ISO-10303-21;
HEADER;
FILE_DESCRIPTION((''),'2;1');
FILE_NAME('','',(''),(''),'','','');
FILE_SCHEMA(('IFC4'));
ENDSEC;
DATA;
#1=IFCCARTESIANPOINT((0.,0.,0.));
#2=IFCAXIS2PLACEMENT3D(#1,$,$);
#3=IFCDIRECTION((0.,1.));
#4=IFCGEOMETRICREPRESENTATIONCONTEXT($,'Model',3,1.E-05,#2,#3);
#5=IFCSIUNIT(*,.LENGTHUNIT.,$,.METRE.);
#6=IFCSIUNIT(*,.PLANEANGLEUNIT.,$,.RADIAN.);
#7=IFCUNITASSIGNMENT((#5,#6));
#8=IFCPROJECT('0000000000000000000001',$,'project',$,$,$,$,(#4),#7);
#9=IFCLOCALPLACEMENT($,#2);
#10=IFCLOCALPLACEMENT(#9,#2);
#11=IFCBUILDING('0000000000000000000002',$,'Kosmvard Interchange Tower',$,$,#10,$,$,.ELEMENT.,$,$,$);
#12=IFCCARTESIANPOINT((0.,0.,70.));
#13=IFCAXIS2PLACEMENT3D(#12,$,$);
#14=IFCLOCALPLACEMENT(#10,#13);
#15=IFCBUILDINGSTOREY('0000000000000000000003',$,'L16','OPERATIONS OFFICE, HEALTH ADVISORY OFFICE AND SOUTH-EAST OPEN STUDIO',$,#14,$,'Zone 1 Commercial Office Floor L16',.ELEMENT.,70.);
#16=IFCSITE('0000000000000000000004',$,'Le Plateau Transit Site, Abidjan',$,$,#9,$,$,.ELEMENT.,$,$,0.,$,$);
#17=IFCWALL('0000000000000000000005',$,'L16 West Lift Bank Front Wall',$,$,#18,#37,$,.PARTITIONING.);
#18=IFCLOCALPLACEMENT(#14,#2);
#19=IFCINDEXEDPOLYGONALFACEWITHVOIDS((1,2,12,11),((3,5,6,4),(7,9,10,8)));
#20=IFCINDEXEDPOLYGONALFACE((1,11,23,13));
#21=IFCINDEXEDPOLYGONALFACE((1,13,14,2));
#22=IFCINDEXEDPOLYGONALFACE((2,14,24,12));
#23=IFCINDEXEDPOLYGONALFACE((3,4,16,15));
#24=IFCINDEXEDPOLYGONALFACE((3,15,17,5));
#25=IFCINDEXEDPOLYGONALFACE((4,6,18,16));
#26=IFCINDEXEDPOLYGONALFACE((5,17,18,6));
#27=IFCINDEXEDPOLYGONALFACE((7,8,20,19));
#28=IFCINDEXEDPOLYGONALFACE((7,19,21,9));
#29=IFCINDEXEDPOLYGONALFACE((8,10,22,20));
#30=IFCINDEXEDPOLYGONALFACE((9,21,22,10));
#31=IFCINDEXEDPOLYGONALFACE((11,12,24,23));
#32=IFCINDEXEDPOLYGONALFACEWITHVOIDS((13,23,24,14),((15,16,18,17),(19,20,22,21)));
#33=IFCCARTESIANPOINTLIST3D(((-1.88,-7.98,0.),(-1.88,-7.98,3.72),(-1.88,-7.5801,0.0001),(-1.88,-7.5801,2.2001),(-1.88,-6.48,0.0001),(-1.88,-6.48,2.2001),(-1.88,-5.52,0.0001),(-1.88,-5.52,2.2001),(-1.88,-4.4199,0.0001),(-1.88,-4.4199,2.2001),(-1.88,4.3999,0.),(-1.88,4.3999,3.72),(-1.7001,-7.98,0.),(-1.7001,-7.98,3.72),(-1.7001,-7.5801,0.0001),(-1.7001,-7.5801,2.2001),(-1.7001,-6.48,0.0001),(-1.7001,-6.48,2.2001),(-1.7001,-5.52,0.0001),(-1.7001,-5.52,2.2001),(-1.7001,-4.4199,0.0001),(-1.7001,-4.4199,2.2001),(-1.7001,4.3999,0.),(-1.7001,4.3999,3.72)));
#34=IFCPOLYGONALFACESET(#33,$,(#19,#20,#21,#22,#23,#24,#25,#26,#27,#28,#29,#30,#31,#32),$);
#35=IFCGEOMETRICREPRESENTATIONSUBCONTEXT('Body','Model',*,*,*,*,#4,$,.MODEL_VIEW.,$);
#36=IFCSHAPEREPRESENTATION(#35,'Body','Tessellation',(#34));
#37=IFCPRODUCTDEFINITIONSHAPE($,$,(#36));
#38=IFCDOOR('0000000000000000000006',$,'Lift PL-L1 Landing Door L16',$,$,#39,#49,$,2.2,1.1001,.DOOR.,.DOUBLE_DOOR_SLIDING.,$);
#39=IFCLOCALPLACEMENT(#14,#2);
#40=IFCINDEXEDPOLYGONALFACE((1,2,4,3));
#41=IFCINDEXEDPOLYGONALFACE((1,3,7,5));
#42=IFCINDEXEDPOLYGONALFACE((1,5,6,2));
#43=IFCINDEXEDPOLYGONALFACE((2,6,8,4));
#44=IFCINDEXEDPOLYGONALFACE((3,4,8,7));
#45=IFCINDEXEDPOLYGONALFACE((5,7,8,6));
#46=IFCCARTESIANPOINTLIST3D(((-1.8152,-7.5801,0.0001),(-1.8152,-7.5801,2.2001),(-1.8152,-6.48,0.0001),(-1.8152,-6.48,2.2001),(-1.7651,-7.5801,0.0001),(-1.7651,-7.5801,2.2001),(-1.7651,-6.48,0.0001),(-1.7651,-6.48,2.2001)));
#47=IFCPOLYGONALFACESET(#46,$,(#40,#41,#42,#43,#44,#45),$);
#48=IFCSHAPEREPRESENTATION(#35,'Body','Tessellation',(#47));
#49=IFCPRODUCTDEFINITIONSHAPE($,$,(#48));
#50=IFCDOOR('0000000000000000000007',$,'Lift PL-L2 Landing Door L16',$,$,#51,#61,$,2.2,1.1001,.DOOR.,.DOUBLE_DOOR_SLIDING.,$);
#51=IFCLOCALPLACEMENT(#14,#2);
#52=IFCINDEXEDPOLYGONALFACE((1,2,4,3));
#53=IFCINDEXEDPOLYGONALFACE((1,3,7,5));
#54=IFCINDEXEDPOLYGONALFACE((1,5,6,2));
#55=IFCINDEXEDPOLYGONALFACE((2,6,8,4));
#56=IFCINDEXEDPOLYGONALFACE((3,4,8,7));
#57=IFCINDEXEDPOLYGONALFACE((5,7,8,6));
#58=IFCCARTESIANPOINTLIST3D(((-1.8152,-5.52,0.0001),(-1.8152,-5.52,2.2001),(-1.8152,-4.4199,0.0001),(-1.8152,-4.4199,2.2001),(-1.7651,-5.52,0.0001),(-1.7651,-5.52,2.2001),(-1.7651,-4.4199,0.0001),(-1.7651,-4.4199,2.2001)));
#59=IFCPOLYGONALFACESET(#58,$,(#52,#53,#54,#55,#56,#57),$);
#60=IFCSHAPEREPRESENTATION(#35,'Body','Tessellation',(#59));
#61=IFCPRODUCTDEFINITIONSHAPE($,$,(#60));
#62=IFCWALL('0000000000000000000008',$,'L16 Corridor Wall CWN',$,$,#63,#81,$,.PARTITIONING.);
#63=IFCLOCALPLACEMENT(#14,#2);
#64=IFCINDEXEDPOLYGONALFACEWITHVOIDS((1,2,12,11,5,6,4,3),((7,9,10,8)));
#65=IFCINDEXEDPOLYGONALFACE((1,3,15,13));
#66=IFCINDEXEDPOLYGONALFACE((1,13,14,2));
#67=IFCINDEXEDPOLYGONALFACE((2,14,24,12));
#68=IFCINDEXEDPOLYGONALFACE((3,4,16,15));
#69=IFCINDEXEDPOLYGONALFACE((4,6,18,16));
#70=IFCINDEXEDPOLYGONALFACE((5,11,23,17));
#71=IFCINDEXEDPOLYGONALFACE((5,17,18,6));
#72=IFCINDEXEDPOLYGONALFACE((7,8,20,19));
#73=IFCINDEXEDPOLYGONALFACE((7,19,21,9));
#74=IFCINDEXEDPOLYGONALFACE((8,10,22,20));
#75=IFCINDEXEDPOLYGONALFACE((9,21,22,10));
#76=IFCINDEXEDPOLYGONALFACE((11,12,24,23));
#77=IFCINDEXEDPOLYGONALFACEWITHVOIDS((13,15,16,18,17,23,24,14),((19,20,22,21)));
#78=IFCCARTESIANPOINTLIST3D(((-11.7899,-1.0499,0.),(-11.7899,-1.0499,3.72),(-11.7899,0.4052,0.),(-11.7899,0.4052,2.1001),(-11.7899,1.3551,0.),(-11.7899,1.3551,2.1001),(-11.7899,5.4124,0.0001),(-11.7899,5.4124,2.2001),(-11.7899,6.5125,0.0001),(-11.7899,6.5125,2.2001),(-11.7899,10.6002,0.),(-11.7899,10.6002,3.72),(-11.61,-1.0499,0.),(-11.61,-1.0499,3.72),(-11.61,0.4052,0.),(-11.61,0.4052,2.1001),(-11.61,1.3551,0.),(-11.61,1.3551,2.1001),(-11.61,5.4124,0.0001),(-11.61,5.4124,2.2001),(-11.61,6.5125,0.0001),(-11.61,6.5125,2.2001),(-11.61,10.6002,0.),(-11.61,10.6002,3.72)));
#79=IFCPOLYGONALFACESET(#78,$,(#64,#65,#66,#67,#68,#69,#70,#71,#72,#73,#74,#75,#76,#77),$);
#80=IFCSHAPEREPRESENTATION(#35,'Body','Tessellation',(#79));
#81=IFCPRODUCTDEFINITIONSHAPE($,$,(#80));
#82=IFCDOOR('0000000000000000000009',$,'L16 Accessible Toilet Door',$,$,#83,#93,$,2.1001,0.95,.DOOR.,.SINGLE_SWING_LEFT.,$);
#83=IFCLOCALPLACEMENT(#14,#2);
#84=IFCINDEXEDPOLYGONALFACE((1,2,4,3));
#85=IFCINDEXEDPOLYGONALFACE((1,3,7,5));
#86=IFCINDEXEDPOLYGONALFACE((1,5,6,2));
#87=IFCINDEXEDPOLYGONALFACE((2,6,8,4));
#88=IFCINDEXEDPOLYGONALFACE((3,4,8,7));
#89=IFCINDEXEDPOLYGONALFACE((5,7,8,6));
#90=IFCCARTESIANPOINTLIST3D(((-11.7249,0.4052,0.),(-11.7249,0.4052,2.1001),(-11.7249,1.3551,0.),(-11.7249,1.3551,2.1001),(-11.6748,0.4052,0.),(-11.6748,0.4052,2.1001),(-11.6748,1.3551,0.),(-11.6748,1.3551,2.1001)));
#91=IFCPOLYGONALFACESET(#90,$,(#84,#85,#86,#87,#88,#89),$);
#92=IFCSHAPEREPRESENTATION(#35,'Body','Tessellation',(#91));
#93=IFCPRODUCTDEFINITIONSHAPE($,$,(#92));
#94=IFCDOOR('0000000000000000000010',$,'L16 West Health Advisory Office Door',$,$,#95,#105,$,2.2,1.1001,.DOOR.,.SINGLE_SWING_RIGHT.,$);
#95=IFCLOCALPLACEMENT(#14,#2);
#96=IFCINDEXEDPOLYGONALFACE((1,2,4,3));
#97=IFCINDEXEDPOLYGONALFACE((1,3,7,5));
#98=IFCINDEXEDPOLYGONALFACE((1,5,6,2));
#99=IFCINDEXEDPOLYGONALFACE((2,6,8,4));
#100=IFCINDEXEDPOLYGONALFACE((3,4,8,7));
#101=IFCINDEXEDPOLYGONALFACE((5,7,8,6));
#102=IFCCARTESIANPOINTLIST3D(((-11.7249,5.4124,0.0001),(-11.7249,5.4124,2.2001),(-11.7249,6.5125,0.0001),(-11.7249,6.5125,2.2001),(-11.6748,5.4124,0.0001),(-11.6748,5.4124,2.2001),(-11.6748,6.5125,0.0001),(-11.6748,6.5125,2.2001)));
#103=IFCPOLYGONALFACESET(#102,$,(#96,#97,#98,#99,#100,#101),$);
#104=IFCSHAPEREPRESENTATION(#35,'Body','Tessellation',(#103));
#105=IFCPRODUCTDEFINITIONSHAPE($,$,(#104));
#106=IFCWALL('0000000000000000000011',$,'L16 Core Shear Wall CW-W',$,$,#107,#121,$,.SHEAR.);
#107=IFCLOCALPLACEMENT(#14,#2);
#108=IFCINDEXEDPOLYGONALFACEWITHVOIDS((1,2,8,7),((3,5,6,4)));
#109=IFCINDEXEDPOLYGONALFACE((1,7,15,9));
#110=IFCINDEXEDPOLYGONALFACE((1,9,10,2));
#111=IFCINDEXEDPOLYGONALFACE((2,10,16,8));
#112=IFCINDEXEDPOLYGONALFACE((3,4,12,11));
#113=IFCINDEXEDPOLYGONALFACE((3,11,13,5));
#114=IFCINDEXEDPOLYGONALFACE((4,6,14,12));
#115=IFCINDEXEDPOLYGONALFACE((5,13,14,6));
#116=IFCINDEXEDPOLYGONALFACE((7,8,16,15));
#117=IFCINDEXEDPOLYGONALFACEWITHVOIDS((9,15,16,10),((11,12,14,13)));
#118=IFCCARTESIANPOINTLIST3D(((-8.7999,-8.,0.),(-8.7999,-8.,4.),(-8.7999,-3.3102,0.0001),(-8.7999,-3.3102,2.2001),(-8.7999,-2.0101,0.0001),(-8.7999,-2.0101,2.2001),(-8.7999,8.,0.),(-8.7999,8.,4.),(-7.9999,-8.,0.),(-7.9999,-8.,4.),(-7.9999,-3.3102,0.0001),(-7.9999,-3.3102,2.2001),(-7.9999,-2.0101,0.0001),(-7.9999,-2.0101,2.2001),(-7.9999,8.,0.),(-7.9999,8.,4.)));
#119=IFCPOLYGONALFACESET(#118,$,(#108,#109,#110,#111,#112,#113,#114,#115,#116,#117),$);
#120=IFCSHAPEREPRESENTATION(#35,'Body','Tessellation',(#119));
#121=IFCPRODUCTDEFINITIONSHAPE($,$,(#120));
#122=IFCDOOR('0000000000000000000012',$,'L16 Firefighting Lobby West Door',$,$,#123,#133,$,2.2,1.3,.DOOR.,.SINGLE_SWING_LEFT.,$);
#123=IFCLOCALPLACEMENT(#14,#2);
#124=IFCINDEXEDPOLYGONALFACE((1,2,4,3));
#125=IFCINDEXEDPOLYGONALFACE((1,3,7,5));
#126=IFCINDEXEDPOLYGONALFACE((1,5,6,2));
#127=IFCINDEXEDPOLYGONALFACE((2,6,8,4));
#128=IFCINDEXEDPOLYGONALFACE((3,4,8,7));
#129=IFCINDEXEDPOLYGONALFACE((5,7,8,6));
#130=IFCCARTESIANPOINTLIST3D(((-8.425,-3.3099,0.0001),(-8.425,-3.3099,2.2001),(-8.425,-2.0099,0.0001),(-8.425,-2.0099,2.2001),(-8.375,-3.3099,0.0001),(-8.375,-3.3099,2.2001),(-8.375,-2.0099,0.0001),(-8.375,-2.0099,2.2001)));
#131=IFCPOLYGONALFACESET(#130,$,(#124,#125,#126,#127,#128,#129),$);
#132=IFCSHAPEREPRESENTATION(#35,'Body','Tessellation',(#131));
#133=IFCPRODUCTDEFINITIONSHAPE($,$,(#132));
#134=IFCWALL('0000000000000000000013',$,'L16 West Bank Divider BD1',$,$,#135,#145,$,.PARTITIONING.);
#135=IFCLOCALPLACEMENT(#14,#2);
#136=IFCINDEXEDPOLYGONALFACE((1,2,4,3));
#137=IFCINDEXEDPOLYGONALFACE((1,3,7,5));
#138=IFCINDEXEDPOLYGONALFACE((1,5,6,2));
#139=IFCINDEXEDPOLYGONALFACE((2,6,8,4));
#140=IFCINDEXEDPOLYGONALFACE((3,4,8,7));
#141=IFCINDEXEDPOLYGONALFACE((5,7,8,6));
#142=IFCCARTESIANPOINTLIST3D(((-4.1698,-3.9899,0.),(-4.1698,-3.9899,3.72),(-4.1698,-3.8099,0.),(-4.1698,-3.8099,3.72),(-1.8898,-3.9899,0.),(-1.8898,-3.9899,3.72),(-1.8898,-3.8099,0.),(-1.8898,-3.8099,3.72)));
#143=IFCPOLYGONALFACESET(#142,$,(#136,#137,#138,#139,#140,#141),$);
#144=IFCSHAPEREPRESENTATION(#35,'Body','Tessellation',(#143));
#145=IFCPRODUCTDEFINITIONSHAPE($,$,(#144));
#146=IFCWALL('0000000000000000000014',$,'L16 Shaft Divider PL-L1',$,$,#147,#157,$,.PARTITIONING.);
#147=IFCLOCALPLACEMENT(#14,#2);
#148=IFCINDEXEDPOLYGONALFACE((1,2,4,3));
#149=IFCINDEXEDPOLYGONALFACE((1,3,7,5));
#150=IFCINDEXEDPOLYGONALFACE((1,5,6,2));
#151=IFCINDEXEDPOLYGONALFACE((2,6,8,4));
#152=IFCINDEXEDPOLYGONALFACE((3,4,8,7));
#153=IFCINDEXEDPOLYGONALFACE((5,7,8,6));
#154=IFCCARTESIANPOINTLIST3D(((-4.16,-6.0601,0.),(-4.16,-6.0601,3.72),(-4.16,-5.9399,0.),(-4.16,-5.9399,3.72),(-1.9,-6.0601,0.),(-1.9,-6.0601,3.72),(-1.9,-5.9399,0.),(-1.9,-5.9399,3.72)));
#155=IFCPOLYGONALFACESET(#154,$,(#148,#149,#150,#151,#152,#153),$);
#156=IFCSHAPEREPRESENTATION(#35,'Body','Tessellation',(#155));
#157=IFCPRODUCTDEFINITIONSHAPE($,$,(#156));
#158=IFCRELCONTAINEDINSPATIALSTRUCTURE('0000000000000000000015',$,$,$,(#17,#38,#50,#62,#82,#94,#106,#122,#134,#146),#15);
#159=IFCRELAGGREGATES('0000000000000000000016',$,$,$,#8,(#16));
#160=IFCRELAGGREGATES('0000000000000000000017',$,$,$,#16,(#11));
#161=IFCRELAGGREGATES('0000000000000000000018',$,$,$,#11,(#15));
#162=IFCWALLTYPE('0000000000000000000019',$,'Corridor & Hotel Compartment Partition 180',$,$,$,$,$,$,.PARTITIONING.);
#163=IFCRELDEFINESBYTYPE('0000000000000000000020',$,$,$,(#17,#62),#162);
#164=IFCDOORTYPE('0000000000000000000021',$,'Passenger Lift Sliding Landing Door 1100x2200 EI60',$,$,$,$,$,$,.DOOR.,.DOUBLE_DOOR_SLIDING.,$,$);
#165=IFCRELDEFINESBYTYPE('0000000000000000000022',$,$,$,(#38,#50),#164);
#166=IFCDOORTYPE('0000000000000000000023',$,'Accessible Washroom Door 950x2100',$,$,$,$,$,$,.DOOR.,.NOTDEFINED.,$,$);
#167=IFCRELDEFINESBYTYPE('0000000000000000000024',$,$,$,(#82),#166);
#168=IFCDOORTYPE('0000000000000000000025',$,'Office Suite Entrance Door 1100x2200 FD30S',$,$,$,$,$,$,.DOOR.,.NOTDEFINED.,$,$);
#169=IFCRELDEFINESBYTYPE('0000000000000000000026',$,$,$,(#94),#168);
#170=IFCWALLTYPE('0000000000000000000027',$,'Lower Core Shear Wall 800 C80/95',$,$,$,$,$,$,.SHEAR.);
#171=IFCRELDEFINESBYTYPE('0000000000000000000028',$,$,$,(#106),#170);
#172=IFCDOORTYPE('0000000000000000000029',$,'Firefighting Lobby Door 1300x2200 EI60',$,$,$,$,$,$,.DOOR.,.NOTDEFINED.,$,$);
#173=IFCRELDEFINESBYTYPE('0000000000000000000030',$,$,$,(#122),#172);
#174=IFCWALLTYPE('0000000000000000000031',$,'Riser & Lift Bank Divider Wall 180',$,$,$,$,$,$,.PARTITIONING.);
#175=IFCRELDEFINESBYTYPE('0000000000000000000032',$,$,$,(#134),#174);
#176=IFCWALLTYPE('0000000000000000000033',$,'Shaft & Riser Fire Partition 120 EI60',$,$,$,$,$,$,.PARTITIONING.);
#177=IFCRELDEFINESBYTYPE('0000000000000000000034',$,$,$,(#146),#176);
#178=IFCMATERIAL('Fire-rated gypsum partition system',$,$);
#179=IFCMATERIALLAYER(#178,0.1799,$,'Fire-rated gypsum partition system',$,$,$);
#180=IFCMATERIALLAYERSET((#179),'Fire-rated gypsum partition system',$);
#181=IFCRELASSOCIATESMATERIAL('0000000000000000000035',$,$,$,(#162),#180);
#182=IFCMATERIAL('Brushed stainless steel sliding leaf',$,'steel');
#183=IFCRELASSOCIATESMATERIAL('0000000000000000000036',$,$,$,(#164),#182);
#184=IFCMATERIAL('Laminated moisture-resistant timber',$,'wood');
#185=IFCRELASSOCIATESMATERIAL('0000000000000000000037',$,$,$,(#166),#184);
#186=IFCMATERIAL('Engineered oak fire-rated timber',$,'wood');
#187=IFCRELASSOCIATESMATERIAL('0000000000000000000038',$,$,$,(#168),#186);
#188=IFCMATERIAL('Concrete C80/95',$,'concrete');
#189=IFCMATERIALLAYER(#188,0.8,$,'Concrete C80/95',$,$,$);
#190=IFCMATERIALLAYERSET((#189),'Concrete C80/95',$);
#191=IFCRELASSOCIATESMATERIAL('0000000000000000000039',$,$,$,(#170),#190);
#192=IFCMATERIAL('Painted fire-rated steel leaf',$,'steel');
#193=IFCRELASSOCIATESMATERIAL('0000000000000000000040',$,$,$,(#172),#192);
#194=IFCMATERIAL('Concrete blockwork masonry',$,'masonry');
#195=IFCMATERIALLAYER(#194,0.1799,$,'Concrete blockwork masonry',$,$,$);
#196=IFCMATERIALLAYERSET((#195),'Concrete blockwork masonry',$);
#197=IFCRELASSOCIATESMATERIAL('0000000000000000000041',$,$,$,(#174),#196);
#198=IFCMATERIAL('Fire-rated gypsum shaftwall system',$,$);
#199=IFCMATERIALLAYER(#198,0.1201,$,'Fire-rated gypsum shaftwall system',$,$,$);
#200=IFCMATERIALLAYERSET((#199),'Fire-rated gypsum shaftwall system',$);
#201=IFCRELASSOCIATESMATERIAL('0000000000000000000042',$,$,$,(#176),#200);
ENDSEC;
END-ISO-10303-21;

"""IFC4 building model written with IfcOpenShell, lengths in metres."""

from ifc_helpers import new_model, si_unit, direction, frame, frame_2d, origin, place, context, subcontext, project, spatial, rectangle, extrude, source, transform, mapped, material, layer, layer_set, type_object, element, fill, save


model = new_model("IFC4")

# Units and contexts
model_context = context("Model", 3, precision=1e-05, world=origin(), true_north=direction((0.0, 1.0)))
body_context = subcontext(model_context, "Body", "Model", "MODEL_VIEW")
ifc_project = project(units=[si_unit("LENGTHUNIT", "METRE"), si_unit("PLANEANGLEUNIT", "RADIAN")], contexts=[model_context])

# Site, building, storey
site_placement = place(None, origin())
site = spatial("IfcSite", under=ifc_project, at=site_placement, Name="Le Plateau Transit Site, Abidjan", CompositionType="ELEMENT", RefElevation=0.0)
building_placement = place(site_placement, origin())
building = spatial("IfcBuilding", under=site, at=building_placement, Name="Kosmvard Interchange Tower", CompositionType="ELEMENT")
storey_placement = place(building_placement, frame((0.0, 0.0, 70.0)))
storey = spatial("IfcBuildingStorey", under=building, at=storey_placement, Name="L16", Description="OPERATIONS OFFICE, HEALTH ADVISORY OFFICE AND SOUTH-EAST OPEN STUDIO", LongName="Zone 1 Commercial Office Floor L16", CompositionType="ELEMENT", Elevation=70.0)

# Shared definitions
ifc_material_1 = material(Name="Concrete C80/95", Category="concrete")

# Walls, openings, doors
ifc_material_2 = material(Name="Fire-rated gypsum partition system")
ifc_layer_1 = layer(ifc_material_2, 0.1799, Name="Fire-rated gypsum partition system")
ifc_layer_set_1 = layer_set([ifc_layer_1], Name="Fire-rated gypsum partition system")
wall_type_1 = type_object("IfcWallType", Name="Corridor & Hotel Compartment Partition 180", PredefinedType="PARTITIONING", material=ifc_layer_set_1)
wall_1_placement = place(storey_placement, frame((-1.79, -7.98, 0.0), z_axis=(0.0, 0.0, 1.0), x_axis=(0.0, 1.0, 0.0)))
wall_1 = element("IfcWall", 1, at=wall_1_placement, inside=storey, type_object=wall_type_1, Name="L16 West Lift Bank Front Wall", PredefinedType="PARTITIONING", context=body_context, shape_type="SweptSolid", body=[
    extrude(rectangle(XDim=12.3799, YDim=0.1799, at=frame_2d((6.1899, 0.0))), origin(), (0.0, 0.0, 1.0), 3.72),
])
opening_1_placement = place(wall_1_placement, frame((0.3999, 0.0, 0.0)))
opening_1 = element("IfcOpeningElement", 2, at=opening_1_placement, cuts=wall_1, PredefinedType="OPENING", context=body_context, shape_type="SweptSolid", body=[
    extrude(rectangle(XDim=1.1001, YDim=2.2, at=frame_2d((0.55, 1.1001))), frame((0.0, 0.1001, 0.0), z_axis=(0.0, -1.0, 0.0), x_axis=(1.0, 0.0, 0.0)), (0.0, 0.0, 1.0), 0.2),
])
opening_2_placement = place(wall_1_placement, frame((2.46, 0.0, 0.0)))
opening_2 = element("IfcOpeningElement", 3, at=opening_2_placement, cuts=wall_1, PredefinedType="OPENING", context=body_context, shape_type="SweptSolid", body=[
    extrude(rectangle(XDim=1.1001, YDim=2.2, at=frame_2d((0.55, 1.1001))), frame((0.0, 0.1001, 0.0), z_axis=(0.0, -1.0, 0.0), x_axis=(1.0, 0.0, 0.0)), (0.0, 0.0, 1.0), 0.2),
])
ifc_material_3 = material(Name="Brushed stainless steel sliding leaf", Category="steel")
door_type_1 = type_object("IfcDoorType", Name="Passenger Lift Sliding Landing Door 1100x2200 EI60", OperationType="DOUBLE_DOOR_SLIDING", PredefinedType="DOOR", material=ifc_material_3)
shared_shape_1 = source(origin(), body_context, "Body", "SweptSolid", [
    extrude(rectangle(XDim=1.1001, YDim=2.2, at=frame_2d((0.55, 1.1001))), frame((0.0, 0.0249, 0.0), z_axis=(0.0, -1.0, 0.0), x_axis=(1.0, 0.0, 0.0)), (0.0, 0.0, 1.0), 0.05),
])
door_1_placement = place(opening_1_placement, frame((1.1001, 0.0, 0.0), z_axis=(0.0, 0.0, 1.0), x_axis=(-1.0, 0.0, 0.0)))
door_1 = element("IfcDoor", 4, at=door_1_placement, inside=storey, type_object=door_type_1, Name="Lift PL-L1 Landing Door L16", OperationType="DOUBLE_DOOR_SLIDING", OverallHeight=2.2, OverallWidth=1.1001, PredefinedType="DOOR", context=body_context, shape_type="MappedRepresentation", body=[
    mapped(shared_shape_1, transform((0.0, 0.0, 0.0), scale=1.0)),
])
fill(opening_1, door_1)
door_2_placement = place(opening_2_placement, frame((1.1001, 0.0, 0.0), z_axis=(0.0, 0.0, 1.0), x_axis=(-1.0, 0.0, 0.0)))
door_2 = element("IfcDoor", 5, at=door_2_placement, inside=storey, type_object=door_type_1, Name="Lift PL-L2 Landing Door L16", OperationType="DOUBLE_DOOR_SLIDING", OverallHeight=2.2, OverallWidth=1.1001, PredefinedType="DOOR", context=body_context, shape_type="MappedRepresentation", body=[
    mapped(shared_shape_1, transform((0.0, 0.0, 0.0), scale=1.0)),
])
fill(opening_2, door_2)
wall_2_placement = place(storey_placement, frame((-11.7, -1.05, 0.0), z_axis=(0.0, 0.0, 1.0), x_axis=(0.0, 1.0, 0.0)))
wall_2 = element("IfcWall", 6, at=wall_2_placement, inside=storey, type_object=wall_type_1, Name="L16 Corridor Wall CWN", PredefinedType="PARTITIONING", context=body_context, shape_type="SweptSolid", body=[
    extrude(rectangle(XDim=11.6501, YDim=0.1799, at=frame_2d((5.8252, 0.0))), origin(), (0.0, 0.0, 1.0), 3.72),
])
opening_3_placement = place(wall_2_placement, frame((1.4551, 0.0, 0.0)))
opening_3 = element("IfcOpeningElement", 7, at=opening_3_placement, cuts=wall_2, PredefinedType="OPENING", context=body_context, shape_type="SweptSolid", body=[
    extrude(rectangle(XDim=0.95, YDim=2.1001, at=frame_2d((0.4751, 1.05))), frame((0.0, 0.1001, 0.0), z_axis=(0.0, -1.0, 0.0), x_axis=(1.0, 0.0, 0.0)), (0.0, 0.0, 1.0), 0.2),
])
opening_4_placement = place(wall_2_placement, frame((6.4624, 0.0, 0.0)))
opening_4 = element("IfcOpeningElement", 8, at=opening_4_placement, cuts=wall_2, PredefinedType="OPENING", context=body_context, shape_type="SweptSolid", body=[
    extrude(rectangle(XDim=1.1001, YDim=2.2, at=frame_2d((0.55, 1.1001))), frame((0.0, 0.1001, 0.0), z_axis=(0.0, -1.0, 0.0), x_axis=(1.0, 0.0, 0.0)), (0.0, 0.0, 1.0), 0.2),
])
ifc_material_4 = material(Name="Laminated moisture-resistant timber", Category="wood")
door_type_2 = type_object("IfcDoorType", Name="Accessible Washroom Door 950x2100", OperationType="NOTDEFINED", PredefinedType="DOOR", material=ifc_material_4)
shared_shape_2 = source(origin(), body_context, "Body", "SweptSolid", [
    extrude(rectangle(XDim=0.95, YDim=2.1001, at=frame_2d((0.4751, 1.05))), frame((0.0, 0.0249, 0.0), z_axis=(0.0, -1.0, 0.0), x_axis=(1.0, 0.0, 0.0)), (0.0, 0.0, 1.0), 0.05),
])
door_3_placement = place(opening_3_placement, origin())
door_3 = element("IfcDoor", 9, at=door_3_placement, inside=storey, type_object=door_type_2, Name="L16 Accessible Toilet Door", OperationType="SINGLE_SWING_LEFT", OverallHeight=2.1001, OverallWidth=0.95, PredefinedType="DOOR", context=body_context, shape_type="MappedRepresentation", body=[
    mapped(shared_shape_2, transform((0.0, 0.0, 0.0), scale=1.0)),
])
fill(opening_3, door_3)
ifc_material_5 = material(Name="Engineered oak fire-rated timber", Category="wood")
door_type_3 = type_object("IfcDoorType", Name="Office Suite Entrance Door 1100x2200 FD30S", OperationType="NOTDEFINED", PredefinedType="DOOR", material=ifc_material_5)
door_4_placement = place(opening_4_placement, origin())
door_4 = element("IfcDoor", 10, at=door_4_placement, inside=storey, type_object=door_type_3, Name="L16 West Health Advisory Office Door", OperationType="SINGLE_SWING_RIGHT", OverallHeight=2.2, OverallWidth=1.1001, PredefinedType="DOOR", context=body_context, shape_type="MappedRepresentation", body=[
    mapped(shared_shape_1, transform((0.0, 0.0, 0.0), scale=1.0)),
])
fill(opening_4, door_4)

# Wall, opening, door
ifc_layer_2 = layer(ifc_material_1, 0.8, Name="Concrete C80/95")
ifc_layer_set_2 = layer_set([ifc_layer_2], Name="Concrete C80/95")
wall_type_2 = type_object("IfcWallType", Name="Lower Core Shear Wall 800 C80/95", PredefinedType="SHEAR", material=ifc_layer_set_2)
wall_3_placement = place(storey_placement, frame((-8.3999, -8.0, 0.0), z_axis=(0.0, 0.0, 1.0), x_axis=(0.0, 1.0, 0.0)))
wall_3 = element("IfcWall", 11, at=wall_3_placement, inside=storey, type_object=wall_type_2, Name="L16 Core Shear Wall CW-W", PredefinedType="SHEAR", context=body_context, shape_type="SweptSolid", body=[
    extrude(rectangle(XDim=16.0, YDim=0.8, at=frame_2d((8.0, 0.0))), origin(), (0.0, 0.0, 1.0), 4.0),
])
opening_5_placement = place(wall_3_placement, frame((4.6899, 0.0, 0.0)))
opening_5 = element("IfcOpeningElement", 12, at=opening_5_placement, cuts=wall_3, PredefinedType="OPENING", context=body_context, shape_type="SweptSolid", body=[
    extrude(rectangle(XDim=1.3, YDim=2.2, at=frame_2d((0.6499, 1.1001))), frame((0.0, 0.4102, 0.0), z_axis=(0.0, -1.0, 0.0), x_axis=(1.0, 0.0, 0.0)), (0.0, 0.0, 1.0), 0.8201),
])
ifc_material_6 = material(Name="Painted fire-rated steel leaf", Category="steel")
door_type_4 = type_object("IfcDoorType", Name="Firefighting Lobby Door 1300x2200 EI60", OperationType="NOTDEFINED", PredefinedType="DOOR", material=ifc_material_6)
shared_shape_3 = source(origin(), body_context, "Body", "SweptSolid", [
    extrude(rectangle(XDim=1.3, YDim=2.2, at=frame_2d((0.6499, 1.1001))), frame((0.0, 0.0249, 0.0), z_axis=(0.0, -1.0, 0.0), x_axis=(1.0, 0.0, 0.0)), (0.0, 0.0, 1.0), 0.05),
])
door_5_placement = place(opening_5_placement, frame((1.3, 0.0, 0.0), z_axis=(0.0, 0.0, 1.0), x_axis=(-1.0, 0.0, 0.0)))
door_5 = element("IfcDoor", 13, at=door_5_placement, inside=storey, type_object=door_type_4, Name="L16 Firefighting Lobby West Door", OperationType="SINGLE_SWING_LEFT", OverallHeight=2.2, OverallWidth=1.3, PredefinedType="DOOR", context=body_context, shape_type="MappedRepresentation", body=[
    mapped(shared_shape_3, transform((0.0, 0.0, 0.0), scale=1.0)),
])
fill(opening_5, door_5)

# Walls
ifc_material_7 = material(Name="Concrete blockwork masonry", Category="masonry")
ifc_layer_3 = layer(ifc_material_7, 0.1799, Name="Concrete blockwork masonry")
ifc_layer_set_3 = layer_set([ifc_layer_3], Name="Concrete blockwork masonry")
wall_type_3 = type_object("IfcWallType", Name="Riser & Lift Bank Divider Wall 180", PredefinedType="PARTITIONING", material=ifc_layer_set_3)
wall_4_placement = place(storey_placement, frame((-4.1699, -3.8999, 0.0), z_axis=(0.0, 0.0, 1.0), x_axis=(1.0, 0.0, 0.0)))
element("IfcWall", 14, at=wall_4_placement, inside=storey, type_object=wall_type_3, Name="L16 West Bank Divider BD1", PredefinedType="PARTITIONING", context=body_context, shape_type="SweptSolid", body=[
    extrude(rectangle(XDim=2.28, YDim=0.1799, at=frame_2d((1.1401, 0.0))), origin(), (0.0, 0.0, 1.0), 3.72),
])
ifc_material_8 = material(Name="Fire-rated gypsum shaftwall system")
ifc_layer_4 = layer(ifc_material_8, 0.1201, Name="Fire-rated gypsum shaftwall system")
ifc_layer_set_4 = layer_set([ifc_layer_4], Name="Fire-rated gypsum shaftwall system")
wall_type_4 = type_object("IfcWallType", Name="Shaft & Riser Fire Partition 120 EI60", PredefinedType="PARTITIONING", material=ifc_layer_set_4)
for number, where, z_axis, x_axis, name in (
    (15, (-4.1599, -6.0, 0.0), (0.0, 0.0, 1.0), (1.0, 0.0, 0.0), "L16 Shaft Divider PL-L1"),
):
    element("IfcWall", number, at=place(storey_placement, frame(where, z_axis=z_axis, x_axis=x_axis)), inside=storey, type_object=wall_type_4, Name=name, PredefinedType="PARTITIONING", context=body_context, shape_type="SweptSolid", body=[
        extrude(rectangle(XDim=2.26, YDim=0.1201, at=frame_2d((1.1299, 0.0))), origin(), (0.0, 0.0, 1.0), 3.72),
    ])

save(model, "model.ifc")
